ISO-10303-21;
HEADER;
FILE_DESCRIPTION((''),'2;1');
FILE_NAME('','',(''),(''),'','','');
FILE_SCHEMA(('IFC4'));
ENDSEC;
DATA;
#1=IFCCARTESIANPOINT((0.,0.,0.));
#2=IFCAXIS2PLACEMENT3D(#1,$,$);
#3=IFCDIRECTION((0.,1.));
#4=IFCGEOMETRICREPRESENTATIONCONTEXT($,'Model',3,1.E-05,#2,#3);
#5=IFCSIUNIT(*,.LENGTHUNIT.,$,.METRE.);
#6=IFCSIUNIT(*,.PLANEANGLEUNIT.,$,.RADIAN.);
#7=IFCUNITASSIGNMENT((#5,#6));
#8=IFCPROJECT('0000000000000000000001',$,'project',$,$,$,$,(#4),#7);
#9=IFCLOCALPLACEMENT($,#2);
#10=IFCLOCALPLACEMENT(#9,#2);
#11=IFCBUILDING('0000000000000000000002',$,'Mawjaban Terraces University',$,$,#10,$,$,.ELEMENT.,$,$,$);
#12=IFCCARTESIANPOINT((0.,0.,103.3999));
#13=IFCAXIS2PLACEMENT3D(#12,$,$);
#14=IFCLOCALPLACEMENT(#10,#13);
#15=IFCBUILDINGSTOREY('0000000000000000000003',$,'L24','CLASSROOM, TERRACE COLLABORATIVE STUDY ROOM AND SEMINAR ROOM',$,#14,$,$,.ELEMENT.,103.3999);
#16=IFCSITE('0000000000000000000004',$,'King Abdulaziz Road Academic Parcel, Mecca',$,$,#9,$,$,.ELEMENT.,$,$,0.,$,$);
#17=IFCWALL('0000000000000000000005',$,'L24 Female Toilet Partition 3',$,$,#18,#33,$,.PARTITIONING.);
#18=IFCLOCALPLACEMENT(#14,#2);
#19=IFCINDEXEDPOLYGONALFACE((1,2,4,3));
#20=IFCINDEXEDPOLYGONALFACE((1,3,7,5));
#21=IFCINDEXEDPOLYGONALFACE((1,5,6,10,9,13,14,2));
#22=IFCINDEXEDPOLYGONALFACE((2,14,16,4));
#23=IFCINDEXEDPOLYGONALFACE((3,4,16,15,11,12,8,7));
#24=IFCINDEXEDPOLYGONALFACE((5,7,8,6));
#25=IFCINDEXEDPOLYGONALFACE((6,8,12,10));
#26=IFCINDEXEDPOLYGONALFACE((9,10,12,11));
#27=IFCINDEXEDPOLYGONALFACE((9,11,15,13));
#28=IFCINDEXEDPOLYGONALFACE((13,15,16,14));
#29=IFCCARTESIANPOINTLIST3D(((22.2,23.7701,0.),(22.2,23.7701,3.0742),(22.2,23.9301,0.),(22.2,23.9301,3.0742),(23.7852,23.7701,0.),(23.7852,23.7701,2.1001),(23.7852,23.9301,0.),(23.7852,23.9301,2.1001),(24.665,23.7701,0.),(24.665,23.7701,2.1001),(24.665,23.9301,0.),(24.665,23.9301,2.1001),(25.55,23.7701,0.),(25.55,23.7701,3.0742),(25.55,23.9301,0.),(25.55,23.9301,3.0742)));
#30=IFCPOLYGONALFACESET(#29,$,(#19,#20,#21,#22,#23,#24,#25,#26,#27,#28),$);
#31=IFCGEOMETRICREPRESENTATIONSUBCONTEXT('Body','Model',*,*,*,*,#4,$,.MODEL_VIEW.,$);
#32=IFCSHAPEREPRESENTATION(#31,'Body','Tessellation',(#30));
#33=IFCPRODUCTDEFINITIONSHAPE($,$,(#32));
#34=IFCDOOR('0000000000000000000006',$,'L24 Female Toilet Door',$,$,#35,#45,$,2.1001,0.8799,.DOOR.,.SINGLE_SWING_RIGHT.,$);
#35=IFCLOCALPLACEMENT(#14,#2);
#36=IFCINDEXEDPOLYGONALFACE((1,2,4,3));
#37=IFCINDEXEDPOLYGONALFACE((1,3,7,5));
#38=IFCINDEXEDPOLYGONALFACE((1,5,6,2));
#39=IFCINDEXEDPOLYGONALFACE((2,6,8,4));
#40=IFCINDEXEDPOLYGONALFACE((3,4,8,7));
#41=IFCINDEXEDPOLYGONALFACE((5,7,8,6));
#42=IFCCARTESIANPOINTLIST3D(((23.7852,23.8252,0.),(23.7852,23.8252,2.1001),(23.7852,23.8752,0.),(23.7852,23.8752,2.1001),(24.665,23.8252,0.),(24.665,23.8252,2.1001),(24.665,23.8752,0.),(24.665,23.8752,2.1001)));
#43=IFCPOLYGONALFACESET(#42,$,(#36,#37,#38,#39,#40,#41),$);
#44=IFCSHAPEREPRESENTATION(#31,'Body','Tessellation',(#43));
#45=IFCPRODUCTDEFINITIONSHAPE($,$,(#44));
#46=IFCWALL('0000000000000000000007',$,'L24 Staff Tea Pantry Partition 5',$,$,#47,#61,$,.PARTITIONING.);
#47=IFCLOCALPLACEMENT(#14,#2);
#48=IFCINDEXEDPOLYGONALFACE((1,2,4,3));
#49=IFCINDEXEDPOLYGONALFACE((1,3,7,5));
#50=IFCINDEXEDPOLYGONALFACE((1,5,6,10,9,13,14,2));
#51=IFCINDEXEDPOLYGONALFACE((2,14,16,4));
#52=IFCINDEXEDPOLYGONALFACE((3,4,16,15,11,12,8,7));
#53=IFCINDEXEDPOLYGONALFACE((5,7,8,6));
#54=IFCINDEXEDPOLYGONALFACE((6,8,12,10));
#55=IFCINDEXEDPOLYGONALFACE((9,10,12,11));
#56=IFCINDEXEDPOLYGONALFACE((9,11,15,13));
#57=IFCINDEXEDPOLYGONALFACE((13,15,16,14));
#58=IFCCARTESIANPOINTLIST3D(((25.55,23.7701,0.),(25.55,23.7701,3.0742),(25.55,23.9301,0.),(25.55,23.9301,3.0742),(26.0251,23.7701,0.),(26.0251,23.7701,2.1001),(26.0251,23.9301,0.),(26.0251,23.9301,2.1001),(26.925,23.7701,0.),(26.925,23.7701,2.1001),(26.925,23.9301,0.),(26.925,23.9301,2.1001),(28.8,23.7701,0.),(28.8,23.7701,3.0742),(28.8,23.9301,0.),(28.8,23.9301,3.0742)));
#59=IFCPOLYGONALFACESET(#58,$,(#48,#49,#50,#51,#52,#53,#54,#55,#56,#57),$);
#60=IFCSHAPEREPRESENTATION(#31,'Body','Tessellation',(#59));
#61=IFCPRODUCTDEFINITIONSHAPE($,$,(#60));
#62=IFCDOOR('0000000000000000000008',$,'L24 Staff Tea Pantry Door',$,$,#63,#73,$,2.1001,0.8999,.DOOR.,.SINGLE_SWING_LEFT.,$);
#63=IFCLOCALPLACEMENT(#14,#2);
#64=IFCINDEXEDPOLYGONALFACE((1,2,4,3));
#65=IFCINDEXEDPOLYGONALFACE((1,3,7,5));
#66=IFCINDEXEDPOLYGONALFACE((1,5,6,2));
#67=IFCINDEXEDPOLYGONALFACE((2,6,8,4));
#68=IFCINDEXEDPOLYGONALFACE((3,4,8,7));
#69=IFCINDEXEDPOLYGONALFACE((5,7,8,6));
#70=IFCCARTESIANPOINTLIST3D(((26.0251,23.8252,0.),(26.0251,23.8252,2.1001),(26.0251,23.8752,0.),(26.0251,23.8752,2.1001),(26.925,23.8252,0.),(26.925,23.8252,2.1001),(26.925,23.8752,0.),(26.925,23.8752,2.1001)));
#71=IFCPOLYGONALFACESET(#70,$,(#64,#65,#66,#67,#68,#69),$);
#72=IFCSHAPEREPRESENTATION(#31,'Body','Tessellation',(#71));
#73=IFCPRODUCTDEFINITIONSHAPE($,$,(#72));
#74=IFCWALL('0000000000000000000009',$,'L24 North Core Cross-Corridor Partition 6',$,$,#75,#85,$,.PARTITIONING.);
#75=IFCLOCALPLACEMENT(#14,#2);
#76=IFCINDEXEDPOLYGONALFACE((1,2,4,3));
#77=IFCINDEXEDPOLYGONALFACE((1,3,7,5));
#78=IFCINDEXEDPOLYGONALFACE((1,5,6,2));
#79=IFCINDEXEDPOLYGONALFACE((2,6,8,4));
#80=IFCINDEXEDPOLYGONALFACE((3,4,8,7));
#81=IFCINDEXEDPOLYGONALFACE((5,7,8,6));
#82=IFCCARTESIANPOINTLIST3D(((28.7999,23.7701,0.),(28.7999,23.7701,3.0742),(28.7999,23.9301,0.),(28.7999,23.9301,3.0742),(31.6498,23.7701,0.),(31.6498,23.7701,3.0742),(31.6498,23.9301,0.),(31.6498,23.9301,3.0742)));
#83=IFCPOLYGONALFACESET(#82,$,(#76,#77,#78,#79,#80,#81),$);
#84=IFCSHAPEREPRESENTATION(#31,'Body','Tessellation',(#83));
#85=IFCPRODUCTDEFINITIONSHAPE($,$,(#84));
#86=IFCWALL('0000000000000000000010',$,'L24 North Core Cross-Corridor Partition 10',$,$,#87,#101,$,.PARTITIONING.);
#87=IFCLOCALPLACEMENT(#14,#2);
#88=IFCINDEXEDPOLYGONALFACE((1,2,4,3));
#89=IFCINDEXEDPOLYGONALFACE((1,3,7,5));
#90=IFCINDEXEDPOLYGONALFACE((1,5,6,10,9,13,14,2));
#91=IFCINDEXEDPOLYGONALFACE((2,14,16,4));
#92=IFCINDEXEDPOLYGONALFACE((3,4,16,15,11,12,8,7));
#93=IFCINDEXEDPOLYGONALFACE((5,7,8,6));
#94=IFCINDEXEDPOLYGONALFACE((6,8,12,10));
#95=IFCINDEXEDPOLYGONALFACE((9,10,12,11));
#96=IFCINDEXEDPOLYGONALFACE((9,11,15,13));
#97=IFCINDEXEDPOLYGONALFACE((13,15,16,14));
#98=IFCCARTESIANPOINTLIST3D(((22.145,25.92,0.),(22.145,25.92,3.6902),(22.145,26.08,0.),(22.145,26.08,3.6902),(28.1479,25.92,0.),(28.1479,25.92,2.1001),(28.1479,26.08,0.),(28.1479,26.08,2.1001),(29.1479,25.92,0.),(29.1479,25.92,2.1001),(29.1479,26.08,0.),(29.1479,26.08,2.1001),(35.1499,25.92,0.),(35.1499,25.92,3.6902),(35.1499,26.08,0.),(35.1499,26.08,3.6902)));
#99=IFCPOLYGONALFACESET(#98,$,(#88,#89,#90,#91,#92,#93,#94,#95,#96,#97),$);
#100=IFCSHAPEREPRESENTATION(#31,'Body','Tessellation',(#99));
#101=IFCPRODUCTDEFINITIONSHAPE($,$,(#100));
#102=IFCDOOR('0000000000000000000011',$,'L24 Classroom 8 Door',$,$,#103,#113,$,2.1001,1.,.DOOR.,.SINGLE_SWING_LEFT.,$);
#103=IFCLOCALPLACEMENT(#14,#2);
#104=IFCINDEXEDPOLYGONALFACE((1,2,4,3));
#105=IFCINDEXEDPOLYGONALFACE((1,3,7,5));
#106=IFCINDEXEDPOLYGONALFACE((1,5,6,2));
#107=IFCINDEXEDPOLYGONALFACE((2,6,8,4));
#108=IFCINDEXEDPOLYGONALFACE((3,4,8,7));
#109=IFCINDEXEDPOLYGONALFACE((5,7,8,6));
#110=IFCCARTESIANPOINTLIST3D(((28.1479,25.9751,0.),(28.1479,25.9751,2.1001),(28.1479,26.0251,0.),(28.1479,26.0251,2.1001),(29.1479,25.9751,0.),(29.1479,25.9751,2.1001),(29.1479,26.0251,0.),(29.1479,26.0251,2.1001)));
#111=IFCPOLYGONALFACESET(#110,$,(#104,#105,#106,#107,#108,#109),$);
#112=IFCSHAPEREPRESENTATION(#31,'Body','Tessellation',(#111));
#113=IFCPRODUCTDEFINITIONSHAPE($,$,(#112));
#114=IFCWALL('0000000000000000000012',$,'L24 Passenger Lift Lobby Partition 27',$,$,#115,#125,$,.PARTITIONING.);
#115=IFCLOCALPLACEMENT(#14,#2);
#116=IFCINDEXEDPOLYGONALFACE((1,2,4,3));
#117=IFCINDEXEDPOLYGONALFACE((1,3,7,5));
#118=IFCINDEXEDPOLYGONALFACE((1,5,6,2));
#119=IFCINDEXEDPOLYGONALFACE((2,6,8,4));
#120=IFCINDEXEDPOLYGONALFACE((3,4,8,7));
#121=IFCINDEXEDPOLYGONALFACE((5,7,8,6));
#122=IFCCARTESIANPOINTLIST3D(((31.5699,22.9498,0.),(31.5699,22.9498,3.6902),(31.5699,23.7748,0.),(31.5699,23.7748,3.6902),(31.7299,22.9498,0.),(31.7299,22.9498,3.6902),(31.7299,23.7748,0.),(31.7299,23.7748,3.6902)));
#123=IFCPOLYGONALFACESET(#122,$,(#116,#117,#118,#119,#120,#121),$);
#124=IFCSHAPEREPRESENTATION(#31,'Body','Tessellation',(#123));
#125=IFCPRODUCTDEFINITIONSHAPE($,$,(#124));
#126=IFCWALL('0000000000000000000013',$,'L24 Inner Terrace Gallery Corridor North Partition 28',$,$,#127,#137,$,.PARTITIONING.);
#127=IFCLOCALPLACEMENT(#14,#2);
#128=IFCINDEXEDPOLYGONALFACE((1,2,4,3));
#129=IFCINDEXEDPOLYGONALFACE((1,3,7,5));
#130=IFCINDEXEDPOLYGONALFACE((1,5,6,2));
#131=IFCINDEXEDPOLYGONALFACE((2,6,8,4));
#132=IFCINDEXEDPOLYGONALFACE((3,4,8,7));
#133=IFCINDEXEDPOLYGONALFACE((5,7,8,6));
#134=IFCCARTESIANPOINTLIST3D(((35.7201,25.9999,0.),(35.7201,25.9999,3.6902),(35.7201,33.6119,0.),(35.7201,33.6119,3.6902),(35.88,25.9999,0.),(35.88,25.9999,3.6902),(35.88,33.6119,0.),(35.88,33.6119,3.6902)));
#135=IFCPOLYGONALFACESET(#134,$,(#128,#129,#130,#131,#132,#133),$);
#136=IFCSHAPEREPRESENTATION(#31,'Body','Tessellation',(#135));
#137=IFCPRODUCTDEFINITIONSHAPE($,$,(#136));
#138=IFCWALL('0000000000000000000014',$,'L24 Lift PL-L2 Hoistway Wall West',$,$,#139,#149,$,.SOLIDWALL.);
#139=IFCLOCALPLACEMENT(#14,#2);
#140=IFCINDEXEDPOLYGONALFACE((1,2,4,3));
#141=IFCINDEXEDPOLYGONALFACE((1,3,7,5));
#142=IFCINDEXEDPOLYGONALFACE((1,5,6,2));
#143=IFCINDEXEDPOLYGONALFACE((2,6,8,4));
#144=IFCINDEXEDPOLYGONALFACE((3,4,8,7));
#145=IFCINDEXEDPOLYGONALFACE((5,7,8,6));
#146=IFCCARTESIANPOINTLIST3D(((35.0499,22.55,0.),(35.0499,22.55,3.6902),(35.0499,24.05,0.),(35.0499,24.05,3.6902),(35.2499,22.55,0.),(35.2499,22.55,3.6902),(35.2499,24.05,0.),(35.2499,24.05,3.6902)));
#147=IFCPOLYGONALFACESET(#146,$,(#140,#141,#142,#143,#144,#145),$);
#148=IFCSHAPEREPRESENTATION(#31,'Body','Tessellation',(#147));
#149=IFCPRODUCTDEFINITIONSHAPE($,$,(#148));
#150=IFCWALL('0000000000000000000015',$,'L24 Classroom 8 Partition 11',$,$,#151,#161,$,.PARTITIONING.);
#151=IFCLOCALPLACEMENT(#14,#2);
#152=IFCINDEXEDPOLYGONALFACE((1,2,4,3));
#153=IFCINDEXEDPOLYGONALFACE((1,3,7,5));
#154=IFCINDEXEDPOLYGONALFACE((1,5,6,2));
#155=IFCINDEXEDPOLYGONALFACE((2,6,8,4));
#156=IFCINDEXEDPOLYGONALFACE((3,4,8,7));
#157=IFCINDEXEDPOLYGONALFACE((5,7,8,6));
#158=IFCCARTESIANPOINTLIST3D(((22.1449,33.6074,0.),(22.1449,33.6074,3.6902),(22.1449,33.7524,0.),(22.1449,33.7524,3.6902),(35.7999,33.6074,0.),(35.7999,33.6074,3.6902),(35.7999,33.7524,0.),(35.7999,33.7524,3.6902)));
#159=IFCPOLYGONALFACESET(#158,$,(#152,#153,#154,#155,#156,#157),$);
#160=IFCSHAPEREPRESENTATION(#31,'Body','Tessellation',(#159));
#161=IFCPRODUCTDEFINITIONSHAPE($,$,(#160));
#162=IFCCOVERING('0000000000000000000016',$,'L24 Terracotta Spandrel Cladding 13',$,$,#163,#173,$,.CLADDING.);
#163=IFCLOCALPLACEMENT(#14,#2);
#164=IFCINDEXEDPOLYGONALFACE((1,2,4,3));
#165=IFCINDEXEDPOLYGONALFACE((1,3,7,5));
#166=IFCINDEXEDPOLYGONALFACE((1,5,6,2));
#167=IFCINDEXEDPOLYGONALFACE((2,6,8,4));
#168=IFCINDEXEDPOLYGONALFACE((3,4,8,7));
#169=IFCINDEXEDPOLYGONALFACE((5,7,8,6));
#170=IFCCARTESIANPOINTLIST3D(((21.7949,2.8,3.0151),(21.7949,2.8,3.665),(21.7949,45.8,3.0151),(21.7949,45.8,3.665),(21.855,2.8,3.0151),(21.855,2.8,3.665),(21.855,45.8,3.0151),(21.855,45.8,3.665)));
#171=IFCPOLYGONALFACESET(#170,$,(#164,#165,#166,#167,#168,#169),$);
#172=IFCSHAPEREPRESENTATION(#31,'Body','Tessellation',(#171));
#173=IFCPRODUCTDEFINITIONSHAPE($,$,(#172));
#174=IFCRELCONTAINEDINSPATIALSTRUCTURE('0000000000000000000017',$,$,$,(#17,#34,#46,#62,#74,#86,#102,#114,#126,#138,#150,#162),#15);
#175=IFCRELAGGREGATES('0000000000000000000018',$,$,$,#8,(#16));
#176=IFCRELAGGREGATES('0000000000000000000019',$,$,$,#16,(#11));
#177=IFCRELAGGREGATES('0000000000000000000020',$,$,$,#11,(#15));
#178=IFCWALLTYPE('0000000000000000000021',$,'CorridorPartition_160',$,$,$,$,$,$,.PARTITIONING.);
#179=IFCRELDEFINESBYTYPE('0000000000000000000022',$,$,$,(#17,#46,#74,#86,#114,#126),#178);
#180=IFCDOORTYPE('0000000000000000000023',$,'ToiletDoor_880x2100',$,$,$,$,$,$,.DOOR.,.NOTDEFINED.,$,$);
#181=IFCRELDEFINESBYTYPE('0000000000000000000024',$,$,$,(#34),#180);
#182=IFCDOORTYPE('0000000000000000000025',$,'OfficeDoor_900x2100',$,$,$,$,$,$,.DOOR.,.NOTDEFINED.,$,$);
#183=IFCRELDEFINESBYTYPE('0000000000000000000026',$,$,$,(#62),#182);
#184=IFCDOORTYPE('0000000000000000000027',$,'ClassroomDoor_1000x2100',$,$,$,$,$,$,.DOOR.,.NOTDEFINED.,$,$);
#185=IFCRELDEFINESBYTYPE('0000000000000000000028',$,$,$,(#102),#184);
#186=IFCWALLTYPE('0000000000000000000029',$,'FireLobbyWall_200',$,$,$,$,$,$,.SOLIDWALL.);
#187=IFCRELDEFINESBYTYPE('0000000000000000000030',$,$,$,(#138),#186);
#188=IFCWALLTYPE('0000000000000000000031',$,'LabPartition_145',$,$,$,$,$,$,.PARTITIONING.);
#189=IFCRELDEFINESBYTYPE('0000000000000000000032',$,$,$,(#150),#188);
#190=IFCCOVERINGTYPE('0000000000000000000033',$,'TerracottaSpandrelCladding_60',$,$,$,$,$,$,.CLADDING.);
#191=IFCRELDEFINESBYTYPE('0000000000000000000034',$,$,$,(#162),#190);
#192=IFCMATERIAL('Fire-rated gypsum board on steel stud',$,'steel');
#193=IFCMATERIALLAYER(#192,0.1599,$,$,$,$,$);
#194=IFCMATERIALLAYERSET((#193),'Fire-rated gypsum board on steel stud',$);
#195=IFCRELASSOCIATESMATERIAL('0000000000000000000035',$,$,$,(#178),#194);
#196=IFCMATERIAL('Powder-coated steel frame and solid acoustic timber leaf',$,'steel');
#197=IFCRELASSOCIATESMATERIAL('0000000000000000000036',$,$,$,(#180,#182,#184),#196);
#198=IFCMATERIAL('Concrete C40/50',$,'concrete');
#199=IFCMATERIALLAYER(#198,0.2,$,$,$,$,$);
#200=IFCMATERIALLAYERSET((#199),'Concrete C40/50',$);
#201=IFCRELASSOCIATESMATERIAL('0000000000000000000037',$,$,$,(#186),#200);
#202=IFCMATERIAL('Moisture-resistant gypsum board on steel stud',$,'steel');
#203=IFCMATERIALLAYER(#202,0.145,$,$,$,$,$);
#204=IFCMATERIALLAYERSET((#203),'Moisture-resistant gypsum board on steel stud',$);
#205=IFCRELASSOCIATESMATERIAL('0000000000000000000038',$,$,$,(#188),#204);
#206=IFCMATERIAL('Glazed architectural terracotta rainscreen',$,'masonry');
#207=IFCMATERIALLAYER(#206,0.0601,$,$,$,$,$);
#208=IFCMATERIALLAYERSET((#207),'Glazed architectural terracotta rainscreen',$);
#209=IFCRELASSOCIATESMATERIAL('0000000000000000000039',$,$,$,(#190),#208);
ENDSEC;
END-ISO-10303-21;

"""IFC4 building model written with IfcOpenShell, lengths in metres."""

from ifc_helpers import new_model, si_unit, direction, frame, frame_2d, origin, origin_2d, place, context, subcontext, project, spatial, rectangle, extrude, material, layer, layer_set, type_object, element, fill, save


model = new_model("IFC4")

# Units and contexts
model_context = context("Model", 3, precision=1e-05, world=origin(), true_north=direction((0.0, 1.0)))
body_context = subcontext(model_context, "Body", "Model", "MODEL_VIEW")
ifc_project = project(units=[si_unit("LENGTHUNIT", "METRE"), si_unit("PLANEANGLEUNIT", "RADIAN")], contexts=[model_context])

# Site, building, storey
site_placement = place(None, origin())
site = spatial("IfcSite", under=ifc_project, at=site_placement, Name="King Abdulaziz Road Academic Parcel, Mecca", CompositionType="ELEMENT", RefElevation=0.0)
building_placement = place(site_placement, origin())
building = spatial("IfcBuilding", under=site, at=building_placement, Name="Mawjaban Terraces University", CompositionType="ELEMENT")
storey_placement = place(building_placement, frame((0.0, 0.0, 103.3999)))
storey = spatial("IfcBuildingStorey", under=building, at=storey_placement, Name="L24", Description="CLASSROOM, TERRACE COLLABORATIVE STUDY ROOM AND SEMINAR ROOM", CompositionType="ELEMENT", Elevation=103.3999)

# Walls, openings, doors
ifc_material_1 = material(Name="Fire-rated gypsum board on steel stud", Category="steel")
ifc_layer_1 = layer(ifc_material_1, 0.1599)
ifc_layer_set_1 = layer_set([ifc_layer_1], Name="Fire-rated gypsum board on steel stud")
wall_type_1 = type_object("IfcWallType", Name="CorridorPartition_160", PredefinedType="PARTITIONING", material=ifc_layer_set_1)
wall_1_placement = place(storey_placement, frame((25.55, 23.8501, 0.0), z_axis=(0.0, 0.0, 1.0), x_axis=(-1.0, 0.0, 0.0)))
wall_1 = element("IfcWall", 1, at=wall_1_placement, inside=storey, type_object=wall_type_1, Name="L24 Female Toilet Partition 3", PredefinedType="PARTITIONING", context=body_context, shape_type="SweptSolid", body=[
    extrude(rectangle(XDim=3.3501, YDim=0.1599, at=frame_2d((1.675, 0.0))), origin(), (0.0, 0.0, 1.0), 3.0742),
])
opening_1_placement = place(wall_1_placement, frame((0.885, 0.0, 0.0)))
opening_1 = element("IfcOpeningElement", 2, at=opening_1_placement, cuts=wall_1, PredefinedType="OPENING", context=body_context, shape_type="SweptSolid", body=[
    extrude(rectangle(XDim=0.8799, YDim=2.1001, at=frame_2d((0.4399, 1.05))), frame((0.0, 0.0898, 0.0), z_axis=(0.0, -1.0, 0.0), x_axis=(1.0, 0.0, 0.0)), (0.0, 0.0, 1.0), 0.1799),
])
ifc_material_2 = material(Name="Powder-coated steel frame and solid acoustic timber leaf", Category="steel")
door_type_1 = type_object("IfcDoorType", Name="ToiletDoor_880x2100", OperationType="NOTDEFINED", PredefinedType="DOOR", material=ifc_material_2)
door_1_placement = place(opening_1_placement, origin())
door_1 = element("IfcDoor", 3, at=door_1_placement, inside=storey, type_object=door_type_1, Name="L24 Female Toilet Door", OperationType="SINGLE_SWING_RIGHT", OverallHeight=2.1001, OverallWidth=0.8799, PredefinedType="DOOR", context=body_context, shape_type="SweptSolid", body=[
    extrude(rectangle(XDim=0.8799, YDim=2.1001, at=frame_2d((0.4399, 1.05))), frame((0.0, 0.0249, 0.0), z_axis=(0.0, -1.0, 0.0), x_axis=(1.0, 0.0, 0.0)), (0.0, 0.0, 1.0), 0.05),
])
fill(opening_1, door_1)
wall_2_placement = place(storey_placement, frame((28.8, 23.8501, 0.0), z_axis=(0.0, 0.0, 1.0), x_axis=(-1.0, 0.0, 0.0)))
wall_2 = element("IfcWall", 4, at=wall_2_placement, inside=storey, type_object=wall_type_1, Name="L24 Staff Tea Pantry Partition 5", PredefinedType="PARTITIONING", context=body_context, shape_type="SweptSolid", body=[
    extrude(rectangle(XDim=3.25, YDim=0.1599, at=frame_2d((1.625, 0.0))), origin(), (0.0, 0.0, 1.0), 3.0742),
])
opening_2_placement = place(wall_2_placement, frame((1.875, 0.0, 0.0)))
opening_2 = element("IfcOpeningElement", 5, at=opening_2_placement, cuts=wall_2, PredefinedType="OPENING", context=body_context, shape_type="SweptSolid", body=[
    extrude(rectangle(XDim=0.8999, YDim=2.1001, at=frame_2d((0.45, 1.05))), frame((0.0, 0.0898, 0.0), z_axis=(0.0, -1.0, 0.0), x_axis=(1.0, 0.0, 0.0)), (0.0, 0.0, 1.0), 0.1799),
])
door_type_2 = type_object("IfcDoorType", Name="OfficeDoor_900x2100", OperationType="NOTDEFINED", PredefinedType="DOOR", material=ifc_material_2)
door_2_placement = place(opening_2_placement, origin())
door_2 = element("IfcDoor", 6, at=door_2_placement, inside=storey, type_object=door_type_2, Name="L24 Staff Tea Pantry Door", OperationType="SINGLE_SWING_LEFT", OverallHeight=2.1001, OverallWidth=0.8999, PredefinedType="DOOR", context=body_context, shape_type="SweptSolid", body=[
    extrude(rectangle(XDim=0.8999, YDim=2.1001, at=frame_2d((0.45, 1.05))), frame((0.0, 0.0249, 0.0), z_axis=(0.0, -1.0, 0.0), x_axis=(1.0, 0.0, 0.0)), (0.0, 0.0, 1.0), 0.05),
])
fill(opening_2, door_2)

# Wall
wall_3_placement = place(storey_placement, frame((28.8, 23.8501, 0.0), z_axis=(0.0, 0.0, 1.0), x_axis=(1.0, 0.0, 0.0)))
element("IfcWall", 7, at=wall_3_placement, inside=storey, type_object=wall_type_1, Name="L24 North Core Cross-Corridor Partition 6", PredefinedType="PARTITIONING", context=body_context, shape_type="SweptSolid", body=[
    extrude(rectangle(XDim=2.8499, YDim=0.1599, at=frame_2d((1.4248, 0.0))), origin(), (0.0, 0.0, 1.0), 3.0742),
])

# Wall, opening, door
wall_4_placement = place(storey_placement, frame((35.1499, 26.0, 0.0), z_axis=(0.0, 0.0, 1.0), x_axis=(-1.0, 0.0, 0.0)))
wall_4 = element("IfcWall", 8, at=wall_4_placement, inside=storey, type_object=wall_type_1, Name="L24 North Core Cross-Corridor Partition 10", PredefinedType="PARTITIONING", context=body_context, shape_type="SweptSolid", body=[
    extrude(rectangle(XDim=13.0049, YDim=0.1599, at=frame_2d((6.5024, 0.0))), origin(), (0.0, 0.0, 1.0), 3.6902),
])
opening_3_placement = place(wall_4_placement, frame((6.002, 0.0, 0.0)))
opening_3 = element("IfcOpeningElement", 9, at=opening_3_placement, cuts=wall_4, PredefinedType="OPENING", context=body_context, shape_type="SweptSolid", body=[
    extrude(rectangle(XDim=1.0, YDim=2.1001, at=frame_2d((0.5, 1.05))), frame((0.0, 0.0898, 0.0), z_axis=(0.0, -1.0, 0.0), x_axis=(1.0, 0.0, 0.0)), (0.0, 0.0, 1.0), 0.1799),
])
door_type_3 = type_object("IfcDoorType", Name="ClassroomDoor_1000x2100", OperationType="NOTDEFINED", PredefinedType="DOOR", material=ifc_material_2)
door_3_placement = place(opening_3_placement, origin())
door_3 = element("IfcDoor", 10, at=door_3_placement, inside=storey, type_object=door_type_3, Name="L24 Classroom 8 Door", OperationType="SINGLE_SWING_LEFT", OverallHeight=2.1001, OverallWidth=1.0, PredefinedType="DOOR", context=body_context, shape_type="SweptSolid", body=[
    extrude(rectangle(XDim=1.0, YDim=2.1001, at=frame_2d((0.5, 1.05))), frame((0.0, 0.0249, 0.0), z_axis=(0.0, -1.0, 0.0), x_axis=(1.0, 0.0, 0.0)), (0.0, 0.0, 1.0), 0.05),
])
fill(opening_3, door_3)

# Walls
wall_5_placement = place(storey_placement, frame((31.6499, 23.7749, 0.0), z_axis=(0.0, 0.0, 1.0), x_axis=(0.0, -1.0, 0.0)))
element("IfcWall", 11, at=wall_5_placement, inside=storey, type_object=wall_type_1, Name="L24 Passenger Lift Lobby Partition 27", PredefinedType="PARTITIONING", context=body_context, shape_type="SweptSolid", body=[
    extrude(rectangle(XDim=0.825, YDim=0.1599, at=frame_2d((0.4126, 0.0))), origin(), (0.0, 0.0, 1.0), 3.6902),
])
wall_6_placement = place(storey_placement, frame((35.8, 33.6121, 0.0), z_axis=(0.0, 0.0, 1.0), x_axis=(0.0, -1.0, 0.0)))
element("IfcWall", 12, at=wall_6_placement, inside=storey, type_object=wall_type_1, Name="L24 Inner Terrace Gallery Corridor North Partition 28", PredefinedType="PARTITIONING", context=body_context, shape_type="SweptSolid", body=[
    extrude(rectangle(XDim=7.6121, YDim=0.1599, at=frame_2d((3.8062, 0.0))), origin(), (0.0, 0.0, 1.0), 3.6902),
])
ifc_material_3 = material(Name="Concrete C40/50", Category="concrete")
ifc_layer_2 = layer(ifc_material_3, 0.2)
ifc_layer_set_2 = layer_set([ifc_layer_2], Name="Concrete C40/50")
wall_type_2 = type_object("IfcWallType", Name="FireLobbyWall_200", PredefinedType="SOLIDWALL", material=ifc_layer_set_2)
wall_7_placement = place(storey_placement, frame((35.1499, 24.05, 0.0), z_axis=(0.0, 0.0, 1.0), x_axis=(0.0, -1.0, 0.0)))
element("IfcWall", 13, at=wall_7_placement, inside=storey, type_object=wall_type_2, Name="L24 Lift PL-L2 Hoistway Wall West", PredefinedType="SOLIDWALL", context=body_context, shape_type="SweptSolid", body=[
    extrude(rectangle(XDim=1.5, YDim=0.2, at=frame_2d((0.75, 0.0))), origin(), (0.0, 0.0, 1.0), 3.6902),
])
ifc_material_4 = material(Name="Moisture-resistant gypsum board on steel stud", Category="steel")
ifc_layer_3 = layer(ifc_material_4, 0.145)
ifc_layer_set_3 = layer_set([ifc_layer_3], Name="Moisture-resistant gypsum board on steel stud")
wall_type_3 = type_object("IfcWallType", Name="LabPartition_145", PredefinedType="PARTITIONING", material=ifc_layer_set_3)
wall_8_placement = place(storey_placement, frame((35.8, 33.6799, 0.0), z_axis=(0.0, 0.0, 1.0), x_axis=(-1.0, 0.0, 0.0)))
element("IfcWall", 14, at=wall_8_placement, inside=storey, type_object=wall_type_3, Name="L24 Classroom 8 Partition 11", PredefinedType="PARTITIONING", context=body_context, shape_type="SweptSolid", body=[
    extrude(rectangle(XDim=13.655, YDim=0.145, at=frame_2d((6.8276, 0.0))), origin(), (0.0, 0.0, 1.0), 3.6902),
])

# Covering
ifc_material_5 = material(Name="Glazed architectural terracotta rainscreen", Category="masonry")
ifc_layer_4 = layer(ifc_material_5, 0.0601)
ifc_layer_set_4 = layer_set([ifc_layer_4], Name="Glazed architectural terracotta rainscreen")
covering_type = type_object("IfcCoveringType", Name="TerracottaSpandrelCladding_60", PredefinedType="CLADDING", material=ifc_layer_set_4)
covering_placement = place(storey_placement, frame((21.825, 24.3, 3.0151), z_axis=(0.0, 0.0, 1.0), x_axis=(0.0, -1.0, 0.0)))
element("IfcCovering", 15, at=covering_placement, inside=storey, type_object=covering_type, Name="L24 Terracotta Spandrel Cladding 13", PredefinedType="CLADDING", context=body_context, shape_type="SweptSolid", body=[
    extrude(rectangle(XDim=43.0, YDim=0.0601, at=origin_2d()), origin(), (0.0, 0.0, 1.0), 0.6499),
])

save(model, "model.ifc")
